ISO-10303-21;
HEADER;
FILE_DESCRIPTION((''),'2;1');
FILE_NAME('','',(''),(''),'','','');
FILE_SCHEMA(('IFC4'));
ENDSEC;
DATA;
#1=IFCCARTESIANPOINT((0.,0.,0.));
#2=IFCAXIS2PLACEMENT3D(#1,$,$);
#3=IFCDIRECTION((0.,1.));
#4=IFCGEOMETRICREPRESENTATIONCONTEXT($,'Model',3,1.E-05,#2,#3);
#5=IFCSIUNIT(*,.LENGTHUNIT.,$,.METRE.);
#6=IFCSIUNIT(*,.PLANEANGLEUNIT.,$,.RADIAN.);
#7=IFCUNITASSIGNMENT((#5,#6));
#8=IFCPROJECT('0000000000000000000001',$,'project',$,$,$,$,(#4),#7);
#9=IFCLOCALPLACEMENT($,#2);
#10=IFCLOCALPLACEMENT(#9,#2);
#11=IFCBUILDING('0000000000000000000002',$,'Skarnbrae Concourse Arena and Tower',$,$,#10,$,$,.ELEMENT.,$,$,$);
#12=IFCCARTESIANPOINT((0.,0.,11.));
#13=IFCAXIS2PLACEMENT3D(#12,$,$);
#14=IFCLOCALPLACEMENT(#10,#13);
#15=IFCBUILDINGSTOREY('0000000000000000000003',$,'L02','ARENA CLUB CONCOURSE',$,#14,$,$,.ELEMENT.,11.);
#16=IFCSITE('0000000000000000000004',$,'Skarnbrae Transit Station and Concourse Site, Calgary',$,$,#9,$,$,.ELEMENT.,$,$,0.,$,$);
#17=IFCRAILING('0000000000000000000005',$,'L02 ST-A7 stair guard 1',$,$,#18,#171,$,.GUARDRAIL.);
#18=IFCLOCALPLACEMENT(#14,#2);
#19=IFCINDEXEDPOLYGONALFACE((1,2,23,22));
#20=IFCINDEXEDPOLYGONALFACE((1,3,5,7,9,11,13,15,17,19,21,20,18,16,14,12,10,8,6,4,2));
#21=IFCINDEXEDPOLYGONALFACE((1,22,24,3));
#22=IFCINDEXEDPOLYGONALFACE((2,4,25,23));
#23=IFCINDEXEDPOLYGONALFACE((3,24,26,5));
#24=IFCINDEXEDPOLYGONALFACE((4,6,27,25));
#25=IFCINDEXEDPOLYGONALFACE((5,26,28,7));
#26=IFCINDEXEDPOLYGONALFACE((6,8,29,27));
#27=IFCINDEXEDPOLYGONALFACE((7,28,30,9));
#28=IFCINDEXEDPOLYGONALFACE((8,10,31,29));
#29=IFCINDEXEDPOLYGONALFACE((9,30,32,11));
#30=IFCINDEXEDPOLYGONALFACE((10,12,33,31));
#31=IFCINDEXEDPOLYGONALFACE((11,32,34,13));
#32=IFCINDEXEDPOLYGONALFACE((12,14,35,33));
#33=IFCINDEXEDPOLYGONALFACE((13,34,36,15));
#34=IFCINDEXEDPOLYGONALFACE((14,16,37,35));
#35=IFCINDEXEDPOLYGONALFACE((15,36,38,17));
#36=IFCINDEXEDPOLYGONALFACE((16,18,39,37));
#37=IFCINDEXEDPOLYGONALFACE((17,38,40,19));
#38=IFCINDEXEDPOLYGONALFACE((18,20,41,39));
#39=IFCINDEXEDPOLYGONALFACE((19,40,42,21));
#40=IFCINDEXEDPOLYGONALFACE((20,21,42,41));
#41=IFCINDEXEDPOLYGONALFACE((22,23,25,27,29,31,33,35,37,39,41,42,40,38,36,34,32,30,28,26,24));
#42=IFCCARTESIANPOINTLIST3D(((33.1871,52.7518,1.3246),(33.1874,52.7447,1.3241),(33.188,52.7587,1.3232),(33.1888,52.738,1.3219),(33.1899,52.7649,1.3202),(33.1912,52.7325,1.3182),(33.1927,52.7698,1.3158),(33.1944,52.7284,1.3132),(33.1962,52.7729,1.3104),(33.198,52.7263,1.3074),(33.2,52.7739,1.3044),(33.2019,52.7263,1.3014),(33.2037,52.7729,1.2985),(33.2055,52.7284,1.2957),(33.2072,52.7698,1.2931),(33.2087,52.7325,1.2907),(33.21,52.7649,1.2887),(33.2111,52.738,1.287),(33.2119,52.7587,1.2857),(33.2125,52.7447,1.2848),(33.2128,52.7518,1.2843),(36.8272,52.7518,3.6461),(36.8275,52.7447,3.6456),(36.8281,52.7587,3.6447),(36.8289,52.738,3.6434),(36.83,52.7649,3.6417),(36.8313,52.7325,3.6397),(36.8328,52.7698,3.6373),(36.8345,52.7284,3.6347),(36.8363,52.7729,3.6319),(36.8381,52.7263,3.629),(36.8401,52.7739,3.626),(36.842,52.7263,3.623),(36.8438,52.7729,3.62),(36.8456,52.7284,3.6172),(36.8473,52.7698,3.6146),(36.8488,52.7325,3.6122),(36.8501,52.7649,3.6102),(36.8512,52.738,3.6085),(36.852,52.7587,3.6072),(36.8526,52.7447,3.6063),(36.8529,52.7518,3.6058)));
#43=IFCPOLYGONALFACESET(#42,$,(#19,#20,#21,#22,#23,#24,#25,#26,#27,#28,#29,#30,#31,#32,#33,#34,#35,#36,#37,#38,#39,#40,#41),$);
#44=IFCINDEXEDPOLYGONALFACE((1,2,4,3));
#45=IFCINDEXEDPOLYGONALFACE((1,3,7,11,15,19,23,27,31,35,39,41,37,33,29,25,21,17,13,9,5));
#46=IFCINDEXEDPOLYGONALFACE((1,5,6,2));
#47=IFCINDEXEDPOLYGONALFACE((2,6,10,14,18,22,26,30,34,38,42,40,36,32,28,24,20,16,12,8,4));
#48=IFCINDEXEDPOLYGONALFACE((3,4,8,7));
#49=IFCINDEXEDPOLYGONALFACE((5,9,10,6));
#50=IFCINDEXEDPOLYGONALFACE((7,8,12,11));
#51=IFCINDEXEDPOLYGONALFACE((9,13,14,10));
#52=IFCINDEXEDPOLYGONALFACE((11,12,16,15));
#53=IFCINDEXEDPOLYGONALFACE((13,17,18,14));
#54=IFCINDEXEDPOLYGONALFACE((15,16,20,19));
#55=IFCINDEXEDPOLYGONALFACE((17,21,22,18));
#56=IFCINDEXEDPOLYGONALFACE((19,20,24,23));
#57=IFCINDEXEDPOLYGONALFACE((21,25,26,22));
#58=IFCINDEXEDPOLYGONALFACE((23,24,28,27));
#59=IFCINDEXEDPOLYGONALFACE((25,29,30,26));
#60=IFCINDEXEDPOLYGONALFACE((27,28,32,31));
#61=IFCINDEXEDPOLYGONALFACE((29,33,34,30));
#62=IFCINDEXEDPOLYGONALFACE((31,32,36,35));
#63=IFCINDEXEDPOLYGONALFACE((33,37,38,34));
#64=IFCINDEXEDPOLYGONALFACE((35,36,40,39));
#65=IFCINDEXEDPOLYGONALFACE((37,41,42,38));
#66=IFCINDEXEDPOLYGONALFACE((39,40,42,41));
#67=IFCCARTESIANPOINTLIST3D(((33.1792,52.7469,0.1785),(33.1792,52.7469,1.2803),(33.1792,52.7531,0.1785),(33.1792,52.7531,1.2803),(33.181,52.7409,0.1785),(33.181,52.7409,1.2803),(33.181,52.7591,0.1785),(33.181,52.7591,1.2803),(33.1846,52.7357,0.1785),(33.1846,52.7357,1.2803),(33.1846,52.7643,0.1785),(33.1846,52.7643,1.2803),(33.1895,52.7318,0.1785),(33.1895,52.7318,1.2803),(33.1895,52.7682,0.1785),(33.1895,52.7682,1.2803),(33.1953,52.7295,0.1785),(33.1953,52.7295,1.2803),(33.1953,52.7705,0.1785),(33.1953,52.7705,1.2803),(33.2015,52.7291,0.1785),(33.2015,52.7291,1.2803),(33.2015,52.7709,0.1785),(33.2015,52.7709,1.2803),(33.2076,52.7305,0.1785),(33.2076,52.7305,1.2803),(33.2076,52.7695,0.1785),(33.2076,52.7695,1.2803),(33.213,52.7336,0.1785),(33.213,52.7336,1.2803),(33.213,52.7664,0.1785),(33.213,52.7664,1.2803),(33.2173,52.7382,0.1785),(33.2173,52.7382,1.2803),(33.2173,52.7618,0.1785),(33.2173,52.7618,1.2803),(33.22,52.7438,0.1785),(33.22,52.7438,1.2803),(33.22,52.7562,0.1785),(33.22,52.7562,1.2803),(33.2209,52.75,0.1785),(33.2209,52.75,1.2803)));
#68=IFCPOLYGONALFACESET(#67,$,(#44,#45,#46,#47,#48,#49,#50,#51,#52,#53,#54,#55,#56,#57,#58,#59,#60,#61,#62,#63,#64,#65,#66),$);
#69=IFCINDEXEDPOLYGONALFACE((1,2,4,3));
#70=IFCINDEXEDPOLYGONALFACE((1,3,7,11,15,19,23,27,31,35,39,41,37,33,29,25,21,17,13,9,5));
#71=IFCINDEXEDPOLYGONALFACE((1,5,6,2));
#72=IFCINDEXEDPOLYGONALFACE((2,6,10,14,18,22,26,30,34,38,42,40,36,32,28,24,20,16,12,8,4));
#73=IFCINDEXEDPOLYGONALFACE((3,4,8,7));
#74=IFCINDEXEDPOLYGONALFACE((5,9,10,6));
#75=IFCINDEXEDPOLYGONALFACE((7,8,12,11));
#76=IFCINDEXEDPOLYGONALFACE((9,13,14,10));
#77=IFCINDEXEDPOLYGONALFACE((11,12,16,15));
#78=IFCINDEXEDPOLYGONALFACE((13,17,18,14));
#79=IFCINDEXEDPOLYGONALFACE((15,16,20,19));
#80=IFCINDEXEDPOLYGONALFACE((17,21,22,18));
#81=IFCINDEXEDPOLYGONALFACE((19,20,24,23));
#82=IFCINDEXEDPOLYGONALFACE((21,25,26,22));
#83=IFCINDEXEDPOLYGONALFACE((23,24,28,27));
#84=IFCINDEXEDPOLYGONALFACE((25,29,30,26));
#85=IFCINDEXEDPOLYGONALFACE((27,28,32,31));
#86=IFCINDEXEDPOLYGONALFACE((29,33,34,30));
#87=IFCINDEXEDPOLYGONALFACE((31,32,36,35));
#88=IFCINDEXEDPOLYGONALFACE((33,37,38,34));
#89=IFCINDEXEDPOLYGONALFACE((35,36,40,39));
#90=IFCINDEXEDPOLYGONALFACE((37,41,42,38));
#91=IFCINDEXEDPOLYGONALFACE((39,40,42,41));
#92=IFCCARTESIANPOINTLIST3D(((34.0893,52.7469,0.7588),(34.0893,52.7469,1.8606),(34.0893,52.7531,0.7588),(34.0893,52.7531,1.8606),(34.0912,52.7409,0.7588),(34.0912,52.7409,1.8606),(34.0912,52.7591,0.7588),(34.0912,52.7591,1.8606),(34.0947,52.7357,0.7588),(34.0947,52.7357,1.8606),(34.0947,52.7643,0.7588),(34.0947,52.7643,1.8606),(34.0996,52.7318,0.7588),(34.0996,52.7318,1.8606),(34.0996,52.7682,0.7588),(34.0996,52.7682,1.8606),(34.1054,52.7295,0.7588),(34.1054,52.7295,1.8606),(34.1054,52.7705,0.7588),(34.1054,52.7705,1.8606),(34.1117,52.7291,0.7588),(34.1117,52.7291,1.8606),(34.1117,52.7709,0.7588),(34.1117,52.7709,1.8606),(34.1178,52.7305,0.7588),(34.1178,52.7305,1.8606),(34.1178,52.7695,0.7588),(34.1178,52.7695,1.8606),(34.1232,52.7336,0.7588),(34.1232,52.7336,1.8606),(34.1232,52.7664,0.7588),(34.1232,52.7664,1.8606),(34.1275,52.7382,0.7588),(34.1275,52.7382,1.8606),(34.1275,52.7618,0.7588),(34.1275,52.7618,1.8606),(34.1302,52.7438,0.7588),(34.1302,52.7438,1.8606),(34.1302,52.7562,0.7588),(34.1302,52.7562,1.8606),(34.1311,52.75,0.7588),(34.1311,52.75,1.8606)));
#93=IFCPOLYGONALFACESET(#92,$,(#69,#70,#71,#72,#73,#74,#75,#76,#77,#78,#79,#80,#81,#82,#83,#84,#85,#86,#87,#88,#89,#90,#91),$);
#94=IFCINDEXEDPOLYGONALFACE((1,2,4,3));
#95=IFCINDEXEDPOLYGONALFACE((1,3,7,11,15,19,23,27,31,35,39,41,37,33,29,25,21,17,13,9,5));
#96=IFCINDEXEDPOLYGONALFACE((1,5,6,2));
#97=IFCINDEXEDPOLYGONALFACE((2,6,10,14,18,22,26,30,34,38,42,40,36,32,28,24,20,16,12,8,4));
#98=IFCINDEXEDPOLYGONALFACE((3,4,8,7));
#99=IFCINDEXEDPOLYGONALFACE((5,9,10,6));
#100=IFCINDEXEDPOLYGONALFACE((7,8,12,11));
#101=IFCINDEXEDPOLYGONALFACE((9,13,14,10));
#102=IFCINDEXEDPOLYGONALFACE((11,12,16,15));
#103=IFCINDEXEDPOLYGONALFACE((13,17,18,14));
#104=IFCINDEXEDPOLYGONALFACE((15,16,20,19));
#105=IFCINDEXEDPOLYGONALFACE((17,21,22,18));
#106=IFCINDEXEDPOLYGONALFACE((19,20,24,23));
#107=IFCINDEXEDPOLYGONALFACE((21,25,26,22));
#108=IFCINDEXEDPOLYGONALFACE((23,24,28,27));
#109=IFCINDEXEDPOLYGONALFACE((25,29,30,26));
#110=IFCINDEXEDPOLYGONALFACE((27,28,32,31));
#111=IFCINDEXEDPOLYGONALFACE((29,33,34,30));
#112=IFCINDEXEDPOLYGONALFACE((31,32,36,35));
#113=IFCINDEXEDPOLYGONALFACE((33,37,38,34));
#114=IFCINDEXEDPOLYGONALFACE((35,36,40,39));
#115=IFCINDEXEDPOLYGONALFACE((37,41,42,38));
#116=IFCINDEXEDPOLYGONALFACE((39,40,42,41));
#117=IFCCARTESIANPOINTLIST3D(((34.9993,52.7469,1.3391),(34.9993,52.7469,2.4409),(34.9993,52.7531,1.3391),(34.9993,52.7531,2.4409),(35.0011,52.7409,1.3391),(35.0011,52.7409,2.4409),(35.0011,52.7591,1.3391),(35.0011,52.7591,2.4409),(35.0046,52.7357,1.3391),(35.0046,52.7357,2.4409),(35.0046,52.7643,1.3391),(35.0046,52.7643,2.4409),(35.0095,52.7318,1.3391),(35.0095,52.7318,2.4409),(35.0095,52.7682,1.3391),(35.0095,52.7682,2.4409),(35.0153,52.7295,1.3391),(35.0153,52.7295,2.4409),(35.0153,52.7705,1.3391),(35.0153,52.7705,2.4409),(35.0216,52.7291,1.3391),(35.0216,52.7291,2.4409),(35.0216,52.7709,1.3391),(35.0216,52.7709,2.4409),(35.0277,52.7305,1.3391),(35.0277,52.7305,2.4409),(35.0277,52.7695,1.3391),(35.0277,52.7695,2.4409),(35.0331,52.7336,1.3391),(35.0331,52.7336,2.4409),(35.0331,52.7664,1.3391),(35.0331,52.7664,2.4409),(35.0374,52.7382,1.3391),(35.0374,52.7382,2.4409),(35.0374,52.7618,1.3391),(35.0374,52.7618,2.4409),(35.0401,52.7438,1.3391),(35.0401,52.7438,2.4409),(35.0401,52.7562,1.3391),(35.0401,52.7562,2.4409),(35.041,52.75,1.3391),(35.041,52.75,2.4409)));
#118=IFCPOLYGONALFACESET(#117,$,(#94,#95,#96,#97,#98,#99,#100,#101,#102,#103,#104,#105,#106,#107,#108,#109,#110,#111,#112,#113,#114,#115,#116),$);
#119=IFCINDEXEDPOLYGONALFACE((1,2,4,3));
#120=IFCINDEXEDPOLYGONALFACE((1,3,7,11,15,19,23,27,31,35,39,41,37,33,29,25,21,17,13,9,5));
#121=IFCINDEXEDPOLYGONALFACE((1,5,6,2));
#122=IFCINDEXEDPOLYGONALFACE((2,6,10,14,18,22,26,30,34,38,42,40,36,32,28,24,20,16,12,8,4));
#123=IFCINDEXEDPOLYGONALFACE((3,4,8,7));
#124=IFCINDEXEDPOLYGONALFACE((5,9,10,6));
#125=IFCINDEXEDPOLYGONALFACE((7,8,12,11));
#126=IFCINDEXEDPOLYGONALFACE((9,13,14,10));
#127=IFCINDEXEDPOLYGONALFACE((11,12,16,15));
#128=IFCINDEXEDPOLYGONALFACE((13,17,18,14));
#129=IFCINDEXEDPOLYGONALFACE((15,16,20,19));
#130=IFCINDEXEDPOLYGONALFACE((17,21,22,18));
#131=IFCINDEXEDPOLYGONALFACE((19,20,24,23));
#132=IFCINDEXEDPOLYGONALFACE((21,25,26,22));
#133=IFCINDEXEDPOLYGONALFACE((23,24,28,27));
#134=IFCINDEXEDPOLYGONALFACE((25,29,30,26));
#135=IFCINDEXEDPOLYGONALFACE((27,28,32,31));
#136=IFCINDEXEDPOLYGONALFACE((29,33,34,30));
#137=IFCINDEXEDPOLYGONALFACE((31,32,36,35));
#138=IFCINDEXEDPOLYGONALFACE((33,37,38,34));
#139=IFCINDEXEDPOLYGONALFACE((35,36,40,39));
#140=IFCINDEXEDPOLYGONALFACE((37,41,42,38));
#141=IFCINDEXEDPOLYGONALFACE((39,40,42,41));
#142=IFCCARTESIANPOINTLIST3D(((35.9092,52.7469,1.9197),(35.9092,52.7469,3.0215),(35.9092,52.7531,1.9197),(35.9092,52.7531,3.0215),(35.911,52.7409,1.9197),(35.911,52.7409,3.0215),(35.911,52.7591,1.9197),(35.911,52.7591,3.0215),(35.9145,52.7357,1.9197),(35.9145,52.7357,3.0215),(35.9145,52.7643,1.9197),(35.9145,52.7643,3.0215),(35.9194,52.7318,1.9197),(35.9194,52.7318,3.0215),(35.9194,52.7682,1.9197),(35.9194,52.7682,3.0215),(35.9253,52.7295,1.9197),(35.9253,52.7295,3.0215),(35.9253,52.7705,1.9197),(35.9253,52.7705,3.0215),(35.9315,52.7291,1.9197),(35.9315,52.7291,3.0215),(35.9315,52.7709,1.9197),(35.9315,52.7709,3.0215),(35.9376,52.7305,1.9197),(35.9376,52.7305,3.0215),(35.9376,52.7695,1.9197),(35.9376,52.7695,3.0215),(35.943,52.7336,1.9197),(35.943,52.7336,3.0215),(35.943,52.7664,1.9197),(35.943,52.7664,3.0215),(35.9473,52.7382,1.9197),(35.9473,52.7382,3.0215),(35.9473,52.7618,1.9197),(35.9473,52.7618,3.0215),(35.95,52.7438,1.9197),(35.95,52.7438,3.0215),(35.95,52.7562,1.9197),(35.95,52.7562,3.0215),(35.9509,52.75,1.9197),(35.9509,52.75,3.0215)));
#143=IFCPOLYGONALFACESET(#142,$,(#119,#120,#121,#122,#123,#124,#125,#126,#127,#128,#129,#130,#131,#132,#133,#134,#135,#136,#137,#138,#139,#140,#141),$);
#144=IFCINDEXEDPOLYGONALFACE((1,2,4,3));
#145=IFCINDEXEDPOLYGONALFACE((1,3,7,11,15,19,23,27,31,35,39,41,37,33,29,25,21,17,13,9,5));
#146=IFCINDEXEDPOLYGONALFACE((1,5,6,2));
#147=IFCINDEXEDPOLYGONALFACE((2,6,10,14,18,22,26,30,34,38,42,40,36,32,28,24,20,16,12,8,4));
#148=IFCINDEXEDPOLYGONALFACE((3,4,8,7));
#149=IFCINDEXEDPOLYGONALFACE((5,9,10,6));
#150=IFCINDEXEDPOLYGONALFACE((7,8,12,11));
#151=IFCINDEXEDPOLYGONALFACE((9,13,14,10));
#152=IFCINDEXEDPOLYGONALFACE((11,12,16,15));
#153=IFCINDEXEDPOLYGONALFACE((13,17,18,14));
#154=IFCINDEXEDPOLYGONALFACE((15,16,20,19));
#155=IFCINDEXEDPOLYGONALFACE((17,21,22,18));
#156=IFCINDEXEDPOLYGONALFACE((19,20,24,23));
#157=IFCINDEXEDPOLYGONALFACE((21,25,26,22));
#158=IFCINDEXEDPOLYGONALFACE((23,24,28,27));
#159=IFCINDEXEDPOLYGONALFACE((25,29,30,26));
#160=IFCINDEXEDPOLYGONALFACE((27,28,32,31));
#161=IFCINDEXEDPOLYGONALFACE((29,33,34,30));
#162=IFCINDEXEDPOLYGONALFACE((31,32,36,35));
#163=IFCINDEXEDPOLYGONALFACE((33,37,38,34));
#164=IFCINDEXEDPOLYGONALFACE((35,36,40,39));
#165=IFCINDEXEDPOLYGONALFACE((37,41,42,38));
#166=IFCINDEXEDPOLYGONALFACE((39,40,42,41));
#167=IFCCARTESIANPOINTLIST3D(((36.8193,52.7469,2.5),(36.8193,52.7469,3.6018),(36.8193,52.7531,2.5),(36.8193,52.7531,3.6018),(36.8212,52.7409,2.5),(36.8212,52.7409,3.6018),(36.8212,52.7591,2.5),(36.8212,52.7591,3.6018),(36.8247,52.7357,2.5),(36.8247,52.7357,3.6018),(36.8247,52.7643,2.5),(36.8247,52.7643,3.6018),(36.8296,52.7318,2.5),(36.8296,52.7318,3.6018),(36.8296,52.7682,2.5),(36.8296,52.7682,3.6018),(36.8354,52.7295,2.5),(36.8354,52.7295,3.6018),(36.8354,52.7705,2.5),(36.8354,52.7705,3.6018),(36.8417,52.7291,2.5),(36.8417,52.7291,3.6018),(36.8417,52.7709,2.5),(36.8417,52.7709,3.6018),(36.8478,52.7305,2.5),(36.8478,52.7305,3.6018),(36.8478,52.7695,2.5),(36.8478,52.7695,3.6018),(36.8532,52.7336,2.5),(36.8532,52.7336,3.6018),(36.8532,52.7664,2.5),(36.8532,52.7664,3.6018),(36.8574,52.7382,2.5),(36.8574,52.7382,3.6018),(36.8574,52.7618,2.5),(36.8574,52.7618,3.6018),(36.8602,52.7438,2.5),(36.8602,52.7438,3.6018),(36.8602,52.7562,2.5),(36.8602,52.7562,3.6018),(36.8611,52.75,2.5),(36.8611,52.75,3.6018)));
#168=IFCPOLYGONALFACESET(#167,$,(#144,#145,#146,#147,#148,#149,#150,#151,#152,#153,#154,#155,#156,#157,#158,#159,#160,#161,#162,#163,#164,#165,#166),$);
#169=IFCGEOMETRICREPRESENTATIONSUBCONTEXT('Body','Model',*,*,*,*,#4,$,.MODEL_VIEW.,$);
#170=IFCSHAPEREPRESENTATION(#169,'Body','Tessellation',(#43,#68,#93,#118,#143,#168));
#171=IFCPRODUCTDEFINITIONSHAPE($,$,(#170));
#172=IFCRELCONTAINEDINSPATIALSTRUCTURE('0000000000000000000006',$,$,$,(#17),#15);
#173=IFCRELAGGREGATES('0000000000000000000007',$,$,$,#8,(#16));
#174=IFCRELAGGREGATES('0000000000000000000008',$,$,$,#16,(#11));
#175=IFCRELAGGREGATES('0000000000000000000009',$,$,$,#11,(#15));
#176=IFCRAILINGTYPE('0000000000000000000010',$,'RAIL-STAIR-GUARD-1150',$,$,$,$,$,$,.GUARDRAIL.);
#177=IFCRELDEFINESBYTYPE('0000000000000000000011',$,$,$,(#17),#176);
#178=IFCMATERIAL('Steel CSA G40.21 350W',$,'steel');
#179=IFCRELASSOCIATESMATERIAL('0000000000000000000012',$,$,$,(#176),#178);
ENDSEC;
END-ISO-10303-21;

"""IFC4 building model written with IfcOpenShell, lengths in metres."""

from ifc_helpers import new_model, si_unit, direction, frame, origin, origin_2d, place, context, subcontext, project, spatial, circle, extrude, material, type_object, element, save


model = new_model("IFC4")

# Units and contexts
model_context = context("Model", 3, precision=1e-05, world=origin(), true_north=direction((0.0, 1.0)))
body_context = subcontext(model_context, "Body", "Model", "MODEL_VIEW")
ifc_project = project(units=[si_unit("LENGTHUNIT", "METRE"), si_unit("PLANEANGLEUNIT", "RADIAN")], contexts=[model_context])

# Site, building, storey
site_placement = place(None, origin())
site = spatial("IfcSite", under=ifc_project, at=site_placement, Name="Skarnbrae Transit Station and Concourse Site, Calgary", CompositionType="ELEMENT", RefElevation=0.0)
building_placement = place(site_placement, origin())
building = spatial("IfcBuilding", under=site, at=building_placement, Name="Skarnbrae Concourse Arena and Tower", CompositionType="ELEMENT")
storey_placement = place(building_placement, frame((0.0, 0.0, 11.0)))
storey = spatial("IfcBuildingStorey", under=building, at=storey_placement, Name="L02", Description="ARENA CLUB CONCOURSE", CompositionType="ELEMENT", Elevation=11.0)

# Shared definitions
ifc_material_1 = material(Name="Steel CSA G40.21 350W", Category="steel")

# Railing
railing_type_1 = type_object("IfcRailingType", Name="RAIL-STAIR-GUARD-1150", PredefinedType="GUARDRAIL", material=ifc_material_1)
railing_1_placement = place(storey_placement, frame((33.2, 52.75, 0.1785)))
element("IfcRailing", 1, at=railing_1_placement, inside=storey, type_object=railing_type_1, Name="L02 ST-A7 stair guard 1", PredefinedType="GUARDRAIL", context=body_context, shape_type="SweptSolid", body=[
    extrude(circle(Radius=0.0239, at=origin_2d()), frame((0.0, 0.0, 1.126), z_axis=(0.843128, 0.0, 0.537713), x_axis=(0.0, 1.0, 0.0)), (0.0, 0.0, 1.0), 4.3174),
    extrude(circle(Radius=0.021, at=origin_2d()), origin(), (0.0, 0.0, 1.0), 1.1018),
    extrude(circle(Radius=0.021, at=origin_2d()), frame((0.9102, 0.0, 0.5803)), (0.0, 0.0, 1.0), 1.1018),
    extrude(circle(Radius=0.021, at=origin_2d()), frame((1.8201, 0.0, 1.1606)), (0.0, 0.0, 1.0), 1.1018),
    extrude(circle(Radius=0.021, at=origin_2d()), frame((2.73, 0.0, 1.7412)), (0.0, 0.0, 1.0), 1.1018),
    extrude(circle(Radius=0.021, at=origin_2d()), frame((3.6401, 0.0, 2.3215)), (0.0, 0.0, 1.0), 1.1018),
])

save(model, "model.ifc")
